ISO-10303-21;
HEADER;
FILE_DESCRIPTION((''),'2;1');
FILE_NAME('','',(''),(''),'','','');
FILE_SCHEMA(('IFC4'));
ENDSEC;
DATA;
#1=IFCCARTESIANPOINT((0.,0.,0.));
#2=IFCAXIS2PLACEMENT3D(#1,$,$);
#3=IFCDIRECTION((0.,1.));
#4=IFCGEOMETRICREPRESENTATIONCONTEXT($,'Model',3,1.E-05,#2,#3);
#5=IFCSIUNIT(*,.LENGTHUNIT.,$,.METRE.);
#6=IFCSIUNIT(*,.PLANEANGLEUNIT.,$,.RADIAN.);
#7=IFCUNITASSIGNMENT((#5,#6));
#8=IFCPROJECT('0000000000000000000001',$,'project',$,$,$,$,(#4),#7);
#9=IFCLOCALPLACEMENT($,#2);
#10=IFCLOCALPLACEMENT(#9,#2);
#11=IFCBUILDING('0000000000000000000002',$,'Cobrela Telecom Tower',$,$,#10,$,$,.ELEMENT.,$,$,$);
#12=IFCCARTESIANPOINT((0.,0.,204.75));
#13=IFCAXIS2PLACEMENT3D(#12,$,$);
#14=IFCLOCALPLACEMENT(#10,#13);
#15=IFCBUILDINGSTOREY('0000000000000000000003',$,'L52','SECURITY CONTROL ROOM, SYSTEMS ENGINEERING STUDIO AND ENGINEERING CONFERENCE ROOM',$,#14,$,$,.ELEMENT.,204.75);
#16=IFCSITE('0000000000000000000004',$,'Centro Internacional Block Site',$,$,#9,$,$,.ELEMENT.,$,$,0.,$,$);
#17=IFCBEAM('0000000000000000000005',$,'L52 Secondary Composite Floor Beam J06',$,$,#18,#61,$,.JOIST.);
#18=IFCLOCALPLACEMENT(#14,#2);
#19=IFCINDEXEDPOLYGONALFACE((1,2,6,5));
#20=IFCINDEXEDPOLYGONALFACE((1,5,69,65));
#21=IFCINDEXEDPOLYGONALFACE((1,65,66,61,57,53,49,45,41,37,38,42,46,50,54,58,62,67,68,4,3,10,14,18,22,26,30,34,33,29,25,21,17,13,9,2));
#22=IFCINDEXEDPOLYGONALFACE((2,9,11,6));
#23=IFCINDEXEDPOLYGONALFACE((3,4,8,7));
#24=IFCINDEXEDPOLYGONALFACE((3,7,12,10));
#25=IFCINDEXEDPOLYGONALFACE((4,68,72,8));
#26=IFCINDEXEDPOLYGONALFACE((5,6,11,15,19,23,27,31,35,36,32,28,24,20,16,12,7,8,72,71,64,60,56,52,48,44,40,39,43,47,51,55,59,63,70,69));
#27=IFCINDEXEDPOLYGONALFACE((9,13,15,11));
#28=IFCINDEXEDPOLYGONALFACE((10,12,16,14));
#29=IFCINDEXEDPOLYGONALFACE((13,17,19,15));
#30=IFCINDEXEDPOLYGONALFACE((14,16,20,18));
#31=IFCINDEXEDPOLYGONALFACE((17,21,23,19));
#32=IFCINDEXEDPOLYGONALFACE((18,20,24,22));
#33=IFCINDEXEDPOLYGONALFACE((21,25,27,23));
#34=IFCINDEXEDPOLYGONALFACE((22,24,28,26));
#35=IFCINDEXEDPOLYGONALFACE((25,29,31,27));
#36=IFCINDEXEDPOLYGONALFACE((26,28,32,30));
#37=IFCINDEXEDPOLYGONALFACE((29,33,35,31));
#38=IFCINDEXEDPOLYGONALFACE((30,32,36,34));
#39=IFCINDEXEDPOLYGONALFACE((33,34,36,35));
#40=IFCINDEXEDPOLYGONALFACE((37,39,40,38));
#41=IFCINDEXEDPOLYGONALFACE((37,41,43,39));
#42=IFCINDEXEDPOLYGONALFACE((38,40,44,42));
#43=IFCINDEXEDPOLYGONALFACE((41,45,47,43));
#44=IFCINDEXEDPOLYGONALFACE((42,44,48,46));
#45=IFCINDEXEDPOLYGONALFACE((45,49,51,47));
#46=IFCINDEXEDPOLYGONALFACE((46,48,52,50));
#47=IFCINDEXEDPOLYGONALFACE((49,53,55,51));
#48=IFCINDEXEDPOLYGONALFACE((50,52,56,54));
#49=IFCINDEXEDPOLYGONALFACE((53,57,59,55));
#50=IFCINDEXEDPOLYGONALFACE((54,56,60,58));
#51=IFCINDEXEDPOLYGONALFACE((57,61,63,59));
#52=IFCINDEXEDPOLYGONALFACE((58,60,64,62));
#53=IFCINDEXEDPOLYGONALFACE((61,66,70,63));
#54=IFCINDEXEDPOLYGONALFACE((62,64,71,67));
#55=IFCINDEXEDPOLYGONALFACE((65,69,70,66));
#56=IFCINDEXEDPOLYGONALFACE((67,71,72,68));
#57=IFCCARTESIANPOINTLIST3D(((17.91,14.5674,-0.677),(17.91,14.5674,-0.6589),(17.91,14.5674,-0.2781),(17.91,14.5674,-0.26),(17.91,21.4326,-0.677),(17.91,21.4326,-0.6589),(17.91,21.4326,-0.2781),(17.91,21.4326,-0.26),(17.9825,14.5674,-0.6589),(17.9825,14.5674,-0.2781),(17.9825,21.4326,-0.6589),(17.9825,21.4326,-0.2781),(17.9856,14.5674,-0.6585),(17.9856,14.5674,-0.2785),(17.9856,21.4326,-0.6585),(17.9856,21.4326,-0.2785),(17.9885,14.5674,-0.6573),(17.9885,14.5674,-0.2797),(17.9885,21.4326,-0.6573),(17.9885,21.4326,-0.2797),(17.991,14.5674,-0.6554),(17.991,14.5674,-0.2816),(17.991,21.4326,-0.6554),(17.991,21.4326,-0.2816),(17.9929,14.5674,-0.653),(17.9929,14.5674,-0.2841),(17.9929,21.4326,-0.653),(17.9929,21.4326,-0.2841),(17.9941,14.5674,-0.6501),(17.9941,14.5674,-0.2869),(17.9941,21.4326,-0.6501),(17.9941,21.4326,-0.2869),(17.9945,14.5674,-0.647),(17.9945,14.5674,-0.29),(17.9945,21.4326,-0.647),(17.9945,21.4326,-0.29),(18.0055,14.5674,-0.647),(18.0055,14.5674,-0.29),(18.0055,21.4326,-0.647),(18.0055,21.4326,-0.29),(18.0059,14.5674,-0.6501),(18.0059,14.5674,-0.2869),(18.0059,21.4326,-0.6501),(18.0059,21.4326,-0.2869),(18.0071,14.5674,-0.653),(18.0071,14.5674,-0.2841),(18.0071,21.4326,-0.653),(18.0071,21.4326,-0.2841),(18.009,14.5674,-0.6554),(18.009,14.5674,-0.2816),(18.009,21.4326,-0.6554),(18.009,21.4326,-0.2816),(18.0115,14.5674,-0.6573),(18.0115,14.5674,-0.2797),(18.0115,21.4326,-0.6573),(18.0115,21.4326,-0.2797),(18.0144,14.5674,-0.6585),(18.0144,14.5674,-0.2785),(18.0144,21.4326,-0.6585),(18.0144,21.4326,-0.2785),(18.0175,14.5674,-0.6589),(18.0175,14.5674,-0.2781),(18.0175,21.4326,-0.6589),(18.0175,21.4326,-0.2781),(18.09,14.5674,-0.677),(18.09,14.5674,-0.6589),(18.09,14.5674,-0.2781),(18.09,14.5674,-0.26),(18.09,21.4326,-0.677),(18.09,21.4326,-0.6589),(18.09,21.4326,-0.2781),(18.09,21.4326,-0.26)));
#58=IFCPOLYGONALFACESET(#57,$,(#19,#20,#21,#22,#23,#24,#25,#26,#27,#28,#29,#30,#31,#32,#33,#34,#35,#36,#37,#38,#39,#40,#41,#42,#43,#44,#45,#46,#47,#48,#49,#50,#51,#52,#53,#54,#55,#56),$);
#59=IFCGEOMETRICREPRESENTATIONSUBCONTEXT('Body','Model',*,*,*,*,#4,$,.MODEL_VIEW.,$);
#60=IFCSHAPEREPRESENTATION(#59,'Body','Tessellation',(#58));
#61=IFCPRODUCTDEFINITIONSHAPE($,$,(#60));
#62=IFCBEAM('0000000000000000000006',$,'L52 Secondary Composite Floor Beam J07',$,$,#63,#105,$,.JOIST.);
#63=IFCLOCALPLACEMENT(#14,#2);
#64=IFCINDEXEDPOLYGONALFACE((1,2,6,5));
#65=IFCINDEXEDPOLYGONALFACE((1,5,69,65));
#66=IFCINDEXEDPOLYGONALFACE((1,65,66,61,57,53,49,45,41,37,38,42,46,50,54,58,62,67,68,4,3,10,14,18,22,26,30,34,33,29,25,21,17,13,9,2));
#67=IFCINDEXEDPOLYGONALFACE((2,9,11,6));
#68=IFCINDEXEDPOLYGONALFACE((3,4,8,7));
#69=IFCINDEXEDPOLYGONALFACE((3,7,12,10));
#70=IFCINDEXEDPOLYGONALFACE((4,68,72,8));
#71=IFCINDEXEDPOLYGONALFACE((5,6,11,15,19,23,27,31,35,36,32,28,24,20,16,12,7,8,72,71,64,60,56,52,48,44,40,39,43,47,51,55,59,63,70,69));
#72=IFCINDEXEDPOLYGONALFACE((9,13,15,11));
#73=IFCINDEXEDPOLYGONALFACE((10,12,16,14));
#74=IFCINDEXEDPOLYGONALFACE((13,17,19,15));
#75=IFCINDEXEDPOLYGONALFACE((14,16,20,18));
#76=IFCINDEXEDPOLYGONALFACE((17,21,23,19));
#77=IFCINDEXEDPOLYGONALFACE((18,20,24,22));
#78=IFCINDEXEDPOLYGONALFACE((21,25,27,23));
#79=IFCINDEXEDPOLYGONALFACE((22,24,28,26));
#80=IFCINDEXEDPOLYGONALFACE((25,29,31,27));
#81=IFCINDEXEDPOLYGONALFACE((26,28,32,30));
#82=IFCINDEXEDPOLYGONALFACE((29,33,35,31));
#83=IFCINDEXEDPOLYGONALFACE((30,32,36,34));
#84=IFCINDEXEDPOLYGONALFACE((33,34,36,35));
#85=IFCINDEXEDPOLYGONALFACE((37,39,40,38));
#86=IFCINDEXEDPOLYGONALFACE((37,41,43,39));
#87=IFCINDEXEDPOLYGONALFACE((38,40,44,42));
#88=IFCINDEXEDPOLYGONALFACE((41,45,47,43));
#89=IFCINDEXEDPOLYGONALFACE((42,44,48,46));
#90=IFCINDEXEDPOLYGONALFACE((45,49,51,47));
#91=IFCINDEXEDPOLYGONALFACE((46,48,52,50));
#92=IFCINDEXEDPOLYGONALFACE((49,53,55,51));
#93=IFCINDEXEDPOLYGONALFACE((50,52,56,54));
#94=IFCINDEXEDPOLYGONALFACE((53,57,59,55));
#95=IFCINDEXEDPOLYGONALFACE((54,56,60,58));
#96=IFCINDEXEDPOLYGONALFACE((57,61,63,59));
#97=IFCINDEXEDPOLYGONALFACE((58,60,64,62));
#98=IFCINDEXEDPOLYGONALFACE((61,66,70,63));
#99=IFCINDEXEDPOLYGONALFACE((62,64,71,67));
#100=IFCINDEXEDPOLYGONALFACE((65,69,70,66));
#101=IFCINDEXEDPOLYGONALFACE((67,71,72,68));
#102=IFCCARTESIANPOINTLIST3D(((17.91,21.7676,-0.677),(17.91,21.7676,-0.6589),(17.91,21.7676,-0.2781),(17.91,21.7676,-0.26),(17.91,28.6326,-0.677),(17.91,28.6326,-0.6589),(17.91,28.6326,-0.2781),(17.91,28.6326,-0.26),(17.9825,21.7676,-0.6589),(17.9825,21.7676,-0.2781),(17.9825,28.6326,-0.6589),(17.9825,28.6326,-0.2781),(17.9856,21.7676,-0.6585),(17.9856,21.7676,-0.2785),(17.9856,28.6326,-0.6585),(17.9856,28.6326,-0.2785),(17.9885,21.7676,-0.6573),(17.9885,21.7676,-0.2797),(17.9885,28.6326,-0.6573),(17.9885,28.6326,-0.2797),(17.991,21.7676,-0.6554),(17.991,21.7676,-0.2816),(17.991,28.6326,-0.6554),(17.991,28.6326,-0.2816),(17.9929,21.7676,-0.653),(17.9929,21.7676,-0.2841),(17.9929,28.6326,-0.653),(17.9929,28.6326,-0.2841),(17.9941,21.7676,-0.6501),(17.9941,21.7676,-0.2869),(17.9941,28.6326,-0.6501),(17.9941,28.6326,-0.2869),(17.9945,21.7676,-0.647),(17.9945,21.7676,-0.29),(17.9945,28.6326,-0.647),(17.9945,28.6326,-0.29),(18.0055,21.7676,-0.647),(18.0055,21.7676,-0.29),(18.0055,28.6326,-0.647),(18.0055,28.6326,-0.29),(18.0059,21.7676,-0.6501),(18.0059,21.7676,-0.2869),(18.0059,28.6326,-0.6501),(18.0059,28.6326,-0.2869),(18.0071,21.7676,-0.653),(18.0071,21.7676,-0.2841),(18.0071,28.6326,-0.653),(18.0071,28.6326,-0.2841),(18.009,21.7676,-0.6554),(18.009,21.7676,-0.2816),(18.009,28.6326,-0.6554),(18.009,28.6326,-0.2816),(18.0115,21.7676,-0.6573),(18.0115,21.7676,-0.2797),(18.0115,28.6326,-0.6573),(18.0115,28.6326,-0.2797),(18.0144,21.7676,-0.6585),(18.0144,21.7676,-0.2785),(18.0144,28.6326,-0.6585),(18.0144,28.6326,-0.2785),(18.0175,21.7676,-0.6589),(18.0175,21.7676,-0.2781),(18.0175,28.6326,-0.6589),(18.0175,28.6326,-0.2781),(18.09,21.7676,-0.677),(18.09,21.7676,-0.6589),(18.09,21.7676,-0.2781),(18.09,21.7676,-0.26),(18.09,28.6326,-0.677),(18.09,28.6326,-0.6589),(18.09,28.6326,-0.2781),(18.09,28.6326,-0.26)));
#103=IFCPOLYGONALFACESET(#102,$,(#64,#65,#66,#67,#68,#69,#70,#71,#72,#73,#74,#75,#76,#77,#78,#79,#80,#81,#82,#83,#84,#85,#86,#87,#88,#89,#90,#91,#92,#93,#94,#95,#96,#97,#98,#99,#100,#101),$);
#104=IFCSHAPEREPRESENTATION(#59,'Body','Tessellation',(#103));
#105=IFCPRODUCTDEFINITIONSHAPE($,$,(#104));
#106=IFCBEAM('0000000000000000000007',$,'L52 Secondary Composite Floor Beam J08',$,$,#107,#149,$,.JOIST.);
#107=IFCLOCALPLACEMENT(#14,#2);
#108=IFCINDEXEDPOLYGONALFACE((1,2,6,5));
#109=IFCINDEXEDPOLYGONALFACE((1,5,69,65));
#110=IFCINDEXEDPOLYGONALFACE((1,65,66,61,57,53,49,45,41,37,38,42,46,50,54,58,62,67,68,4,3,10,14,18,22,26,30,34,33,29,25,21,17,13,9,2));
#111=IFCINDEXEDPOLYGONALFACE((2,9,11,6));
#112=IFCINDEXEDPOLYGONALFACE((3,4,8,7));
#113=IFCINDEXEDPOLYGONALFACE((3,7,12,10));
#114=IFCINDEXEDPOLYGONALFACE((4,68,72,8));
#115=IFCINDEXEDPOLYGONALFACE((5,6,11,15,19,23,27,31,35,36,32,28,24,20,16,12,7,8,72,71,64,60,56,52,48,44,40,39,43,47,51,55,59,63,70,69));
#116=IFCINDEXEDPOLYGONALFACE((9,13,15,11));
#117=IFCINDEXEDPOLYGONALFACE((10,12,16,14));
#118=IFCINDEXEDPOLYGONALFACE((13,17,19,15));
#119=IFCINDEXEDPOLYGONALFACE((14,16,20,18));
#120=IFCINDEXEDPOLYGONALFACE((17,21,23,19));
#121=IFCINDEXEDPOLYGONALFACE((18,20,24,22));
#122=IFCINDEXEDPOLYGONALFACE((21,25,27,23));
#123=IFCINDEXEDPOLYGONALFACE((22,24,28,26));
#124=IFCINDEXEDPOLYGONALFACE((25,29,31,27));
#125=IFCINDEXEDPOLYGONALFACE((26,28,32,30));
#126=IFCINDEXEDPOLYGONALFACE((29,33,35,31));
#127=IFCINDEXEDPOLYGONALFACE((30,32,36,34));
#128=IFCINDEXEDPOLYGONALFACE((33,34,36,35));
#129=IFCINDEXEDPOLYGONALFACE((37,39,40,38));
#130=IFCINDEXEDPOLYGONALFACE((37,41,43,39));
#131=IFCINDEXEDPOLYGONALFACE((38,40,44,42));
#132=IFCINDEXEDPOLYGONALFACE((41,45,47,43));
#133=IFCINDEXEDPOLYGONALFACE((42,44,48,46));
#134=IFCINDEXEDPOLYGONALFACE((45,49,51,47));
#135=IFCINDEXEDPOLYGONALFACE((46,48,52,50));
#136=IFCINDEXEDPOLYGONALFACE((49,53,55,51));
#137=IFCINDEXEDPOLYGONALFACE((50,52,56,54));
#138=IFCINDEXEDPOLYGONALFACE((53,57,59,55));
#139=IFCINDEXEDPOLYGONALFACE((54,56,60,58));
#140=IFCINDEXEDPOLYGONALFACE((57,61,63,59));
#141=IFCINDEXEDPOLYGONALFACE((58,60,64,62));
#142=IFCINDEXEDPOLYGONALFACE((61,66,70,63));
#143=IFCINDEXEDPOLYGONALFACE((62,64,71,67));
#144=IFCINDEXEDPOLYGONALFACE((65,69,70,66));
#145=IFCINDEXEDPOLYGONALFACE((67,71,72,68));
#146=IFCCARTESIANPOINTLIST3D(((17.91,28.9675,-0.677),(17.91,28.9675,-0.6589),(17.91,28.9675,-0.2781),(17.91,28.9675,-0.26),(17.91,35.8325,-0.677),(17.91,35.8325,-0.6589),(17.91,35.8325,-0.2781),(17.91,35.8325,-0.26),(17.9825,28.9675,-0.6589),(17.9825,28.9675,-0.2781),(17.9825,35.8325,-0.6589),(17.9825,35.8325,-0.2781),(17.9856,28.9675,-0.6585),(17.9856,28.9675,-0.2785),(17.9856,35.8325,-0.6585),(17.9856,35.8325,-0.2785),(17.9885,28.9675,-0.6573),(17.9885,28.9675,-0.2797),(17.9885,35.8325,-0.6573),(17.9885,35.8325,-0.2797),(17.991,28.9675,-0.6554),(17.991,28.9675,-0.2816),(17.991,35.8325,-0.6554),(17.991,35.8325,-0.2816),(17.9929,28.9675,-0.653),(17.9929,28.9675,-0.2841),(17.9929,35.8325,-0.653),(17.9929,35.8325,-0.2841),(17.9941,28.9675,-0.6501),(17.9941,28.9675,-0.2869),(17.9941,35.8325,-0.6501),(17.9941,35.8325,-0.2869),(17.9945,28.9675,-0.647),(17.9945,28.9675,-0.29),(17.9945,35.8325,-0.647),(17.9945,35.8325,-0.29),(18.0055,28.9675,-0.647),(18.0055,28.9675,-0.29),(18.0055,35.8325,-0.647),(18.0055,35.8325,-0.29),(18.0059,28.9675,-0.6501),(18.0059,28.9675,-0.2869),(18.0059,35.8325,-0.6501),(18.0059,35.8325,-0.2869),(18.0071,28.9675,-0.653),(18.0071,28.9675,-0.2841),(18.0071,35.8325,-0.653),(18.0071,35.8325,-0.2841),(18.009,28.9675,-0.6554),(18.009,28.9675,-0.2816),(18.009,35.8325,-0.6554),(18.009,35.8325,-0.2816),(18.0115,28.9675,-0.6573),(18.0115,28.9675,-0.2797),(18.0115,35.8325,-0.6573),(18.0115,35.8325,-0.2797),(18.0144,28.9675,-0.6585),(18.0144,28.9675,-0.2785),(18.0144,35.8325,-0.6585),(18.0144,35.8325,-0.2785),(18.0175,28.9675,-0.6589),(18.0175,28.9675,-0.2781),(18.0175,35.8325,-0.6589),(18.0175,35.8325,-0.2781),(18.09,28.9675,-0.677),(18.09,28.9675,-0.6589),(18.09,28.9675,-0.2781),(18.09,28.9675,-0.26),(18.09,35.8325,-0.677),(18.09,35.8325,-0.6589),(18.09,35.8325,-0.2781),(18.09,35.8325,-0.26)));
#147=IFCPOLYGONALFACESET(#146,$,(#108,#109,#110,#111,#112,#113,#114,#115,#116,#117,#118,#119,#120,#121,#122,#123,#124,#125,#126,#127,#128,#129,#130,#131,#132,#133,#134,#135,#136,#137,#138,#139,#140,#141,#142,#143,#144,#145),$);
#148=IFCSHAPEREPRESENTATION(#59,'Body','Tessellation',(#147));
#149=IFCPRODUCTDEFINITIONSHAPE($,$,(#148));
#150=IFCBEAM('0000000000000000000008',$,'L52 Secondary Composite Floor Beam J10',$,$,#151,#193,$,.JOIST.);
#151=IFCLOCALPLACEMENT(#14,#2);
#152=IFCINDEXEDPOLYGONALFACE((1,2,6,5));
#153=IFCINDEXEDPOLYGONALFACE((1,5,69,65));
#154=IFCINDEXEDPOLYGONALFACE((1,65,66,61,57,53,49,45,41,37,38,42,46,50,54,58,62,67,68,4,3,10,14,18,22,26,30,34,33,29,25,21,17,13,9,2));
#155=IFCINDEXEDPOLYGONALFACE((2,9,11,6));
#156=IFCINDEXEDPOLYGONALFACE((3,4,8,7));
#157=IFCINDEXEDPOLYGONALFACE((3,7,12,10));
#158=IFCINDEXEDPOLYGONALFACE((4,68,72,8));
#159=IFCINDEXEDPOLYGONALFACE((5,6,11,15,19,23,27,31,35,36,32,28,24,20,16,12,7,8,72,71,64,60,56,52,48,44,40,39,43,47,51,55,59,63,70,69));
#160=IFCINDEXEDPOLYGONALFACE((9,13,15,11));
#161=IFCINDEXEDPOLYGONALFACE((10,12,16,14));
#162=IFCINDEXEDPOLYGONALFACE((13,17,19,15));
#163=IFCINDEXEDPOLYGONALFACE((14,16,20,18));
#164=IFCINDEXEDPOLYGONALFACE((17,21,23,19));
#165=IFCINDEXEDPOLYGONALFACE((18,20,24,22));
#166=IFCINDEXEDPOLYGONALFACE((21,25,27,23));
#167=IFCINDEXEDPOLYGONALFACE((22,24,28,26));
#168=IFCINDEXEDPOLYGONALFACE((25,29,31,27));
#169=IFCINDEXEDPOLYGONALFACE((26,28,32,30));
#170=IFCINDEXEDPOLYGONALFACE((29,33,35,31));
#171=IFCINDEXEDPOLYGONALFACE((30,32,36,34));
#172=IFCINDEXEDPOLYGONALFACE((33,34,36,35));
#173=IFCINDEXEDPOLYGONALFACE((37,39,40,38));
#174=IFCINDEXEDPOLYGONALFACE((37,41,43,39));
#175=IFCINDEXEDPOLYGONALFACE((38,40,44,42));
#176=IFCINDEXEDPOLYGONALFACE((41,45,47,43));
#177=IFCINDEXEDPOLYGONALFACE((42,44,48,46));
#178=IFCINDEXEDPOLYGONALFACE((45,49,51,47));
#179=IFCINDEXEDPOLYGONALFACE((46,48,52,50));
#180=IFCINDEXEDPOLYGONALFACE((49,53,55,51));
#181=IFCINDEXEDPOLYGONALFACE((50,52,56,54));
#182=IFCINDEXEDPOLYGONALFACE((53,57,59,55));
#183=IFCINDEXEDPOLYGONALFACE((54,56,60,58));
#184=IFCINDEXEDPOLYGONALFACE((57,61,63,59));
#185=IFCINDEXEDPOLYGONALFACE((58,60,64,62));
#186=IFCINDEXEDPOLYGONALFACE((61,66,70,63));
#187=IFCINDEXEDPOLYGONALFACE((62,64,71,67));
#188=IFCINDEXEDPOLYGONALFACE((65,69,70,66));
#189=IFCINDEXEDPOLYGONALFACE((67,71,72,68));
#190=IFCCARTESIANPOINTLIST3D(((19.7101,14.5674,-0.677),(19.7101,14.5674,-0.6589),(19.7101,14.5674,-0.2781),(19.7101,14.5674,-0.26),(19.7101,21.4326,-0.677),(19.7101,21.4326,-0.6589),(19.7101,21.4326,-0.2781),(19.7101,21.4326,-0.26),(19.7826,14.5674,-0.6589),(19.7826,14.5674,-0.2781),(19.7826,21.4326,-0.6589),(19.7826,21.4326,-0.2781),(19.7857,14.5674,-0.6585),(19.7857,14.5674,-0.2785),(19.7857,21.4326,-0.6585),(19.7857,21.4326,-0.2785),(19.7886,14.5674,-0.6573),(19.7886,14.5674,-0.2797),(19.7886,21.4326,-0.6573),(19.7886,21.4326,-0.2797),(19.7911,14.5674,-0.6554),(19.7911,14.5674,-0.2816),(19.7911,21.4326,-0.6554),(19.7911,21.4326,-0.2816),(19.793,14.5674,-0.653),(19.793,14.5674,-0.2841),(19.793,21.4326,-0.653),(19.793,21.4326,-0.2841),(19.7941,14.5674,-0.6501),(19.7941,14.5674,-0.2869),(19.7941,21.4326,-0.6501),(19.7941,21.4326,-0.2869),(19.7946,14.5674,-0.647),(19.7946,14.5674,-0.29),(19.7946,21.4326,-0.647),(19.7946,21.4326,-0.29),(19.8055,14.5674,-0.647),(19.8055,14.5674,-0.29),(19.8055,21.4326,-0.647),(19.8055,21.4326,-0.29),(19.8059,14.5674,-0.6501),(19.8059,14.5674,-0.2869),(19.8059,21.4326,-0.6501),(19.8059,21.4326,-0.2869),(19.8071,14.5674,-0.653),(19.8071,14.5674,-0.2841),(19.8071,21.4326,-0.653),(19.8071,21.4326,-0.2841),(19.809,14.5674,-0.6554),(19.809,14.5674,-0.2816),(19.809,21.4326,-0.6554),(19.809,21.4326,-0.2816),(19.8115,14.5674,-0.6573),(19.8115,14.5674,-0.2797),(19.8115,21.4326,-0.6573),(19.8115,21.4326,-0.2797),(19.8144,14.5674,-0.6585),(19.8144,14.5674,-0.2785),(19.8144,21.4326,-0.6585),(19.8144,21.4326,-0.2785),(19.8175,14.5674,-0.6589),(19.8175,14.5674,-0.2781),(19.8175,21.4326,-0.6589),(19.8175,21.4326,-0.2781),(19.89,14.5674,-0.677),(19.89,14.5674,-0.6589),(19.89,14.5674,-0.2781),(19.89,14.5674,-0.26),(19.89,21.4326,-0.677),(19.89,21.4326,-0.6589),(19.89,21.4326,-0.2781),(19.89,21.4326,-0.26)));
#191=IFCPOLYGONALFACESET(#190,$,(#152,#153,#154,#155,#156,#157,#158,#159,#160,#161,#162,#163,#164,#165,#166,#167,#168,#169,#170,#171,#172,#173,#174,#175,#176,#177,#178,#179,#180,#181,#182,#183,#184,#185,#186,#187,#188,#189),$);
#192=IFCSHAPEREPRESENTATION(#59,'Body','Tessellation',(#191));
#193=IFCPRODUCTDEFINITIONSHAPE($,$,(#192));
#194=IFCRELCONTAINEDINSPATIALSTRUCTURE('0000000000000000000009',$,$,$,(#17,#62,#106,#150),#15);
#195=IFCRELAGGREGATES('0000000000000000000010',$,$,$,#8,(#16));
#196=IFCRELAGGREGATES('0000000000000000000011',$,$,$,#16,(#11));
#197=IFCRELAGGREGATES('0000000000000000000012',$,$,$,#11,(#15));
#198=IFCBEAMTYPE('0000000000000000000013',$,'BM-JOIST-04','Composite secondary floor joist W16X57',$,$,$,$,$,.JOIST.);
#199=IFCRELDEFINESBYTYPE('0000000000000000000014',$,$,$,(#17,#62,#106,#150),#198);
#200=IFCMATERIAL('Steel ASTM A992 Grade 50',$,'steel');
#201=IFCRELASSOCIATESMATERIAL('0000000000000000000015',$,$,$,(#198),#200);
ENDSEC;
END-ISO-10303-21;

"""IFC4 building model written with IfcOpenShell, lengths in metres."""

from ifc_helpers import new_model, si_unit, direction, frame, origin, origin_2d, place, context, subcontext, project, spatial, i_section, extrude, material, material_profile, profile_set, type_object, element, save


model = new_model("IFC4")

# Units and contexts
model_context = context("Model", 3, precision=1e-05, world=origin(), true_north=direction((0.0, 1.0)))
body_context = subcontext(model_context, "Body", "Model", "MODEL_VIEW")
ifc_project = project(units=[si_unit("LENGTHUNIT", "METRE"), si_unit("PLANEANGLEUNIT", "RADIAN")], contexts=[model_context])

# Site, building, storey
site_placement = place(None, origin())
site = spatial("IfcSite", under=ifc_project, at=site_placement, Name="Centro Internacional Block Site", CompositionType="ELEMENT", RefElevation=0.0)
building_placement = place(site_placement, origin())
building = spatial("IfcBuilding", under=site, at=building_placement, Name="Cobrela Telecom Tower", CompositionType="ELEMENT")
storey_placement = place(building_placement, frame((0.0, 0.0, 204.75)))
storey = spatial("IfcBuildingStorey", under=building, at=storey_placement, Name="L52", Description="SECURITY CONTROL ROOM, SYSTEMS ENGINEERING STUDIO AND ENGINEERING CONFERENCE ROOM", CompositionType="ELEMENT", Elevation=204.75)

# Shared definitions
ifc_material_1 = material(Name="Steel ASTM A992 Grade 50", Category="steel")

# Beams
ifc_material_profile_1 = material_profile(ifc_material_1, i_section(OverallWidth=0.1799, OverallDepth=0.417, WebThickness=0.011, FlangeThickness=0.0181, FilletRadius=0.012, at=origin_2d()), Name="W16X57")
ifc_profile_set_1 = profile_set([ifc_material_profile_1], Name="Steel ASTM A992 Grade 50")
beam_type_1 = type_object("IfcBeamType", Name="BM-JOIST-04", Description="Composite secondary floor joist W16X57", PredefinedType="JOIST", material=ifc_profile_set_1)
beam_1_placement = place(storey_placement, frame((18.0, 14.5674, -0.4685), z_axis=(0.0, 1.0, 0.0), x_axis=(-1.0, 0.0, 0.0)))
element("IfcBeam", 1, at=beam_1_placement, inside=storey, type_object=beam_type_1, Name="L52 Secondary Composite Floor Beam J06", PredefinedType="JOIST", context=body_context, shape_type="SweptSolid", body=[
    extrude(i_section(OverallWidth=0.1799, OverallDepth=0.417, WebThickness=0.011, FlangeThickness=0.0181, FilletRadius=0.012, at=origin_2d()), origin(), (0.0, 0.0, 1.0), 6.8652),
])
for number, where, z_axis, x_axis, name in (
    (2, (18.0, 21.7676, -0.4685), (0.0, 1.0, 0.0), (-1.0, 0.0, 0.0), "L52 Secondary Composite Floor Beam J07"),
    (3, (18.0, 28.9675, -0.4685), (0.0, 1.0, 0.0), (-1.0, 0.0, 0.0), "L52 Secondary Composite Floor Beam J08"),
):
    element("IfcBeam", number, at=place(storey_placement, frame(where, z_axis=z_axis, x_axis=x_axis)), inside=storey, type_object=beam_type_1, Name=name, PredefinedType="JOIST", context=body_context, shape_type="SweptSolid", body=[
        extrude(i_section(OverallWidth=0.1799, OverallDepth=0.417, WebThickness=0.011, FlangeThickness=0.0181, FilletRadius=0.012, at=origin_2d()), origin(), (0.0, 0.0, 1.0), 6.865),
    ])
beam_2_placement = place(storey_placement, frame((19.8, 14.5674, -0.4685), z_axis=(0.0, 1.0, 0.0), x_axis=(-1.0, 0.0, 0.0)))
element("IfcBeam", 4, at=beam_2_placement, inside=storey, type_object=beam_type_1, Name="L52 Secondary Composite Floor Beam J10", PredefinedType="JOIST", context=body_context, shape_type="SweptSolid", body=[
    extrude(i_section(OverallWidth=0.1799, OverallDepth=0.417, WebThickness=0.011, FlangeThickness=0.0181, FilletRadius=0.012, at=origin_2d()), origin(), (0.0, 0.0, 1.0), 6.8652),
])

save(model, "model.ifc")
